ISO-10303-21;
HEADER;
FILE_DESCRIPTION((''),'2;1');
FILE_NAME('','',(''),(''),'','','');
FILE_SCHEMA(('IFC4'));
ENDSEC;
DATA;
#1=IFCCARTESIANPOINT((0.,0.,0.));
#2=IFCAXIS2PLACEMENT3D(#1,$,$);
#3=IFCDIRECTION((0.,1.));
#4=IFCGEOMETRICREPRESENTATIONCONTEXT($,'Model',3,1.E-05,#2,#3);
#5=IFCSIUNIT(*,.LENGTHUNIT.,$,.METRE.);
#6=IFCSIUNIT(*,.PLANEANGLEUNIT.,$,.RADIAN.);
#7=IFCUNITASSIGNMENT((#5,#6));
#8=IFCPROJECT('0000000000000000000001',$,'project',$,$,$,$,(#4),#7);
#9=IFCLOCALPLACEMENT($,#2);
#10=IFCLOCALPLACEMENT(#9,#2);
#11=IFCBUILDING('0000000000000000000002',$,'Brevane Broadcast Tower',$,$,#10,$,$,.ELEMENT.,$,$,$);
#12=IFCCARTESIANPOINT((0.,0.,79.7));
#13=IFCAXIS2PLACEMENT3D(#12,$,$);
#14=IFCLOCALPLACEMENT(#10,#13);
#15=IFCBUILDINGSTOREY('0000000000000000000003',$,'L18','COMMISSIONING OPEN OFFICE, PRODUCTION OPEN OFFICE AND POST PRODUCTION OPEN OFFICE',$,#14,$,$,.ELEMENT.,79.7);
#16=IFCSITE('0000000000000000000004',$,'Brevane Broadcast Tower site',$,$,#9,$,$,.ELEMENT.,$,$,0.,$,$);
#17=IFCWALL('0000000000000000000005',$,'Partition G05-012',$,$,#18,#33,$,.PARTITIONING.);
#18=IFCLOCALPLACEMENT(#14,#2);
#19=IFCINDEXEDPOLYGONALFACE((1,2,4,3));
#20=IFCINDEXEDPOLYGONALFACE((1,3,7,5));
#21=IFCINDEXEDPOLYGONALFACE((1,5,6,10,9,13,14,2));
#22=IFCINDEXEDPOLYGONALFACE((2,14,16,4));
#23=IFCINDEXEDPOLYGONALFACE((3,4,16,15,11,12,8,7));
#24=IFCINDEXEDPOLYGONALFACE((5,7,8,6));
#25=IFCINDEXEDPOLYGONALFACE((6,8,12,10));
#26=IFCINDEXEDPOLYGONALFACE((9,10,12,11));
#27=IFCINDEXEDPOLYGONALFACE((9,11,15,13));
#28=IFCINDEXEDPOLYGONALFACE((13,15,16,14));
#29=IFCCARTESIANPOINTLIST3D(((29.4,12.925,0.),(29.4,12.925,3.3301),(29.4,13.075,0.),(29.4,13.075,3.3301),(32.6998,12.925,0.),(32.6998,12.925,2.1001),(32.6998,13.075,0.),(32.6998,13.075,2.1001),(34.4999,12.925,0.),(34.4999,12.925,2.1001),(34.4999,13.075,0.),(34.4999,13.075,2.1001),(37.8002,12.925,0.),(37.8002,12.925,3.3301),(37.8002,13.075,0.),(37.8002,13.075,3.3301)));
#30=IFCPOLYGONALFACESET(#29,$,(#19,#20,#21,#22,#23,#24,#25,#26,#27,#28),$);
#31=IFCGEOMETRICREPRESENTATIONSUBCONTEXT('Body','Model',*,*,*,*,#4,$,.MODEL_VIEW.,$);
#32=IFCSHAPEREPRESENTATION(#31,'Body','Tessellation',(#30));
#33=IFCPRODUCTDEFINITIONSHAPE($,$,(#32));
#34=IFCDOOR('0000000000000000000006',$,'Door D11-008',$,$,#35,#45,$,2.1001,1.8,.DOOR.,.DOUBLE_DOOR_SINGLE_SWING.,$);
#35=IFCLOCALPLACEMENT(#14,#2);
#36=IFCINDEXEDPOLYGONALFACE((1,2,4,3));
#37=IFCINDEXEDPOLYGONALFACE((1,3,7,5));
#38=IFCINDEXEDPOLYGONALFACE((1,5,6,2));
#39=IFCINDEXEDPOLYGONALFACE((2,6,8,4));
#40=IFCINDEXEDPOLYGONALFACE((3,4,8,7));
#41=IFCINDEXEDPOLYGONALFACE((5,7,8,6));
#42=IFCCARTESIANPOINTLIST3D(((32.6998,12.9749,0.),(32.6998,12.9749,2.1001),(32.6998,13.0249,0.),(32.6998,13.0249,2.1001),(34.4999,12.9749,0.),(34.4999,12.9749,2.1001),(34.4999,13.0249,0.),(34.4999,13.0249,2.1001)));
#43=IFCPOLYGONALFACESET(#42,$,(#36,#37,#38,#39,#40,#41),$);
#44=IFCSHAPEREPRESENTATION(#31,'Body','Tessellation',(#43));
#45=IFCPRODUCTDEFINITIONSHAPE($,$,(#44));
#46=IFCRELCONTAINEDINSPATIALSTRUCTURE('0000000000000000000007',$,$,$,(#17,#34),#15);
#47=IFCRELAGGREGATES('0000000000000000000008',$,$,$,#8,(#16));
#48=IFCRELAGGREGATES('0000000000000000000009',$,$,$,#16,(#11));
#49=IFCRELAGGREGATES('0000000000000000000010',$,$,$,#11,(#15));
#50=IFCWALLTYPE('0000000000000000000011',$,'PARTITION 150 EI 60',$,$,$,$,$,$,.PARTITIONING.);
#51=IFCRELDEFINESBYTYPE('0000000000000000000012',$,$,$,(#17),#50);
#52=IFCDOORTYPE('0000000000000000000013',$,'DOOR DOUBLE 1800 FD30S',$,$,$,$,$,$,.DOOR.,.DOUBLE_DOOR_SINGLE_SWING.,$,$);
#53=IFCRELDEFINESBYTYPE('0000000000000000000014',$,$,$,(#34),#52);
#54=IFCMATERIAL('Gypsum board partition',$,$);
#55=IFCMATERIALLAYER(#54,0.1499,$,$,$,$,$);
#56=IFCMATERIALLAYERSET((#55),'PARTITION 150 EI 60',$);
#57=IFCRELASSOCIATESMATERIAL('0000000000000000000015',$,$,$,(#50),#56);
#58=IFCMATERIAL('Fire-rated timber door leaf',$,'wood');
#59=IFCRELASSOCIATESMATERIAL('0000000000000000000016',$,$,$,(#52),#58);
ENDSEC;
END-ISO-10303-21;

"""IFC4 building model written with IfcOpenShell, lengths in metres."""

from ifc_helpers import new_model, si_unit, direction, frame, frame_2d, origin, place, context, subcontext, project, spatial, rectangle, extrude, material, layer, layer_set, type_object, element, fill, save


model = new_model("IFC4")

# Units and contexts
model_context = context("Model", 3, precision=1e-05, world=origin(), true_north=direction((0.0, 1.0)))
body_context = subcontext(model_context, "Body", "Model", "MODEL_VIEW")
ifc_project = project(units=[si_unit("LENGTHUNIT", "METRE"), si_unit("PLANEANGLEUNIT", "RADIAN")], contexts=[model_context])

# Site, building, storey
site_placement = place(None, origin())
site = spatial("IfcSite", under=ifc_project, at=site_placement, Name="Brevane Broadcast Tower site", CompositionType="ELEMENT", RefElevation=0.0)
building_placement = place(site_placement, origin())
building = spatial("IfcBuilding", under=site, at=building_placement, Name="Brevane Broadcast Tower", CompositionType="ELEMENT")
storey_placement = place(building_placement, frame((0.0, 0.0, 79.7)))
storey = spatial("IfcBuildingStorey", under=building, at=storey_placement, Name="L18", Description="COMMISSIONING OPEN OFFICE, PRODUCTION OPEN OFFICE AND POST PRODUCTION OPEN OFFICE", CompositionType="ELEMENT", Elevation=79.7)

# Shared definitions
ifc_material_1 = material(Name="Gypsum board partition")
ifc_layer_1 = layer(ifc_material_1, 0.1499)
ifc_layer_set_1 = layer_set([ifc_layer_1], Name="PARTITION 150 EI 60")
wall_type_1 = type_object("IfcWallType", Name="PARTITION 150 EI 60", PredefinedType="PARTITIONING", material=ifc_layer_set_1)

# Shared definitions
ifc_material_2 = material(Name="Fire-rated timber door leaf", Category="wood")

# Wall, opening, door
wall_1_placement = place(storey_placement, frame((29.3999, 13.0, 0.0), z_axis=(0.0, 0.0, 1.0), x_axis=(1.0, 0.0, 0.0)))
wall_1 = element("IfcWall", 1, at=wall_1_placement, inside=storey, type_object=wall_type_1, Name="Partition G05-012", PredefinedType="PARTITIONING", context=body_context, shape_type="SweptSolid", body=[
    extrude(rectangle(XDim=8.4001, YDim=0.1499, at=frame_2d((4.2002, 0.0))), origin(), (0.0, 0.0, 1.0), 3.3301),
])
opening_1_placement = place(wall_1_placement, frame((3.3, 0.0, 0.0)))
opening_1 = element("IfcOpeningElement", 2, at=opening_1_placement, cuts=wall_1, PredefinedType="OPENING", context=body_context, shape_type="SweptSolid", body=[
    extrude(rectangle(XDim=1.8, YDim=2.1001, at=frame_2d((0.8999, 1.05))), frame((0.0, 0.085, 0.0), z_axis=(0.0, -1.0, 0.0), x_axis=(1.0, 0.0, 0.0)), (0.0, 0.0, 1.0), 0.1699),
])
door_type_1 = type_object("IfcDoorType", Name="DOOR DOUBLE 1800 FD30S", OperationType="DOUBLE_DOOR_SINGLE_SWING", PredefinedType="DOOR", material=ifc_material_2)
door_1_placement = place(opening_1_placement, origin())
door_1 = element("IfcDoor", 3, at=door_1_placement, inside=storey, type_object=door_type_1, Name="Door D11-008", OperationType="DOUBLE_DOOR_SINGLE_SWING", OverallHeight=2.1001, OverallWidth=1.8, PredefinedType="DOOR", context=body_context, shape_type="SweptSolid", body=[
    extrude(rectangle(XDim=1.8, YDim=2.1001, at=frame_2d((0.8999, 1.05))), frame((0.0, 0.0249, 0.0), z_axis=(0.0, -1.0, 0.0), x_axis=(1.0, 0.0, 0.0)), (0.0, 0.0, 1.0), 0.05),
])
fill(opening_1, door_1)

save(model, "model.ifc")
